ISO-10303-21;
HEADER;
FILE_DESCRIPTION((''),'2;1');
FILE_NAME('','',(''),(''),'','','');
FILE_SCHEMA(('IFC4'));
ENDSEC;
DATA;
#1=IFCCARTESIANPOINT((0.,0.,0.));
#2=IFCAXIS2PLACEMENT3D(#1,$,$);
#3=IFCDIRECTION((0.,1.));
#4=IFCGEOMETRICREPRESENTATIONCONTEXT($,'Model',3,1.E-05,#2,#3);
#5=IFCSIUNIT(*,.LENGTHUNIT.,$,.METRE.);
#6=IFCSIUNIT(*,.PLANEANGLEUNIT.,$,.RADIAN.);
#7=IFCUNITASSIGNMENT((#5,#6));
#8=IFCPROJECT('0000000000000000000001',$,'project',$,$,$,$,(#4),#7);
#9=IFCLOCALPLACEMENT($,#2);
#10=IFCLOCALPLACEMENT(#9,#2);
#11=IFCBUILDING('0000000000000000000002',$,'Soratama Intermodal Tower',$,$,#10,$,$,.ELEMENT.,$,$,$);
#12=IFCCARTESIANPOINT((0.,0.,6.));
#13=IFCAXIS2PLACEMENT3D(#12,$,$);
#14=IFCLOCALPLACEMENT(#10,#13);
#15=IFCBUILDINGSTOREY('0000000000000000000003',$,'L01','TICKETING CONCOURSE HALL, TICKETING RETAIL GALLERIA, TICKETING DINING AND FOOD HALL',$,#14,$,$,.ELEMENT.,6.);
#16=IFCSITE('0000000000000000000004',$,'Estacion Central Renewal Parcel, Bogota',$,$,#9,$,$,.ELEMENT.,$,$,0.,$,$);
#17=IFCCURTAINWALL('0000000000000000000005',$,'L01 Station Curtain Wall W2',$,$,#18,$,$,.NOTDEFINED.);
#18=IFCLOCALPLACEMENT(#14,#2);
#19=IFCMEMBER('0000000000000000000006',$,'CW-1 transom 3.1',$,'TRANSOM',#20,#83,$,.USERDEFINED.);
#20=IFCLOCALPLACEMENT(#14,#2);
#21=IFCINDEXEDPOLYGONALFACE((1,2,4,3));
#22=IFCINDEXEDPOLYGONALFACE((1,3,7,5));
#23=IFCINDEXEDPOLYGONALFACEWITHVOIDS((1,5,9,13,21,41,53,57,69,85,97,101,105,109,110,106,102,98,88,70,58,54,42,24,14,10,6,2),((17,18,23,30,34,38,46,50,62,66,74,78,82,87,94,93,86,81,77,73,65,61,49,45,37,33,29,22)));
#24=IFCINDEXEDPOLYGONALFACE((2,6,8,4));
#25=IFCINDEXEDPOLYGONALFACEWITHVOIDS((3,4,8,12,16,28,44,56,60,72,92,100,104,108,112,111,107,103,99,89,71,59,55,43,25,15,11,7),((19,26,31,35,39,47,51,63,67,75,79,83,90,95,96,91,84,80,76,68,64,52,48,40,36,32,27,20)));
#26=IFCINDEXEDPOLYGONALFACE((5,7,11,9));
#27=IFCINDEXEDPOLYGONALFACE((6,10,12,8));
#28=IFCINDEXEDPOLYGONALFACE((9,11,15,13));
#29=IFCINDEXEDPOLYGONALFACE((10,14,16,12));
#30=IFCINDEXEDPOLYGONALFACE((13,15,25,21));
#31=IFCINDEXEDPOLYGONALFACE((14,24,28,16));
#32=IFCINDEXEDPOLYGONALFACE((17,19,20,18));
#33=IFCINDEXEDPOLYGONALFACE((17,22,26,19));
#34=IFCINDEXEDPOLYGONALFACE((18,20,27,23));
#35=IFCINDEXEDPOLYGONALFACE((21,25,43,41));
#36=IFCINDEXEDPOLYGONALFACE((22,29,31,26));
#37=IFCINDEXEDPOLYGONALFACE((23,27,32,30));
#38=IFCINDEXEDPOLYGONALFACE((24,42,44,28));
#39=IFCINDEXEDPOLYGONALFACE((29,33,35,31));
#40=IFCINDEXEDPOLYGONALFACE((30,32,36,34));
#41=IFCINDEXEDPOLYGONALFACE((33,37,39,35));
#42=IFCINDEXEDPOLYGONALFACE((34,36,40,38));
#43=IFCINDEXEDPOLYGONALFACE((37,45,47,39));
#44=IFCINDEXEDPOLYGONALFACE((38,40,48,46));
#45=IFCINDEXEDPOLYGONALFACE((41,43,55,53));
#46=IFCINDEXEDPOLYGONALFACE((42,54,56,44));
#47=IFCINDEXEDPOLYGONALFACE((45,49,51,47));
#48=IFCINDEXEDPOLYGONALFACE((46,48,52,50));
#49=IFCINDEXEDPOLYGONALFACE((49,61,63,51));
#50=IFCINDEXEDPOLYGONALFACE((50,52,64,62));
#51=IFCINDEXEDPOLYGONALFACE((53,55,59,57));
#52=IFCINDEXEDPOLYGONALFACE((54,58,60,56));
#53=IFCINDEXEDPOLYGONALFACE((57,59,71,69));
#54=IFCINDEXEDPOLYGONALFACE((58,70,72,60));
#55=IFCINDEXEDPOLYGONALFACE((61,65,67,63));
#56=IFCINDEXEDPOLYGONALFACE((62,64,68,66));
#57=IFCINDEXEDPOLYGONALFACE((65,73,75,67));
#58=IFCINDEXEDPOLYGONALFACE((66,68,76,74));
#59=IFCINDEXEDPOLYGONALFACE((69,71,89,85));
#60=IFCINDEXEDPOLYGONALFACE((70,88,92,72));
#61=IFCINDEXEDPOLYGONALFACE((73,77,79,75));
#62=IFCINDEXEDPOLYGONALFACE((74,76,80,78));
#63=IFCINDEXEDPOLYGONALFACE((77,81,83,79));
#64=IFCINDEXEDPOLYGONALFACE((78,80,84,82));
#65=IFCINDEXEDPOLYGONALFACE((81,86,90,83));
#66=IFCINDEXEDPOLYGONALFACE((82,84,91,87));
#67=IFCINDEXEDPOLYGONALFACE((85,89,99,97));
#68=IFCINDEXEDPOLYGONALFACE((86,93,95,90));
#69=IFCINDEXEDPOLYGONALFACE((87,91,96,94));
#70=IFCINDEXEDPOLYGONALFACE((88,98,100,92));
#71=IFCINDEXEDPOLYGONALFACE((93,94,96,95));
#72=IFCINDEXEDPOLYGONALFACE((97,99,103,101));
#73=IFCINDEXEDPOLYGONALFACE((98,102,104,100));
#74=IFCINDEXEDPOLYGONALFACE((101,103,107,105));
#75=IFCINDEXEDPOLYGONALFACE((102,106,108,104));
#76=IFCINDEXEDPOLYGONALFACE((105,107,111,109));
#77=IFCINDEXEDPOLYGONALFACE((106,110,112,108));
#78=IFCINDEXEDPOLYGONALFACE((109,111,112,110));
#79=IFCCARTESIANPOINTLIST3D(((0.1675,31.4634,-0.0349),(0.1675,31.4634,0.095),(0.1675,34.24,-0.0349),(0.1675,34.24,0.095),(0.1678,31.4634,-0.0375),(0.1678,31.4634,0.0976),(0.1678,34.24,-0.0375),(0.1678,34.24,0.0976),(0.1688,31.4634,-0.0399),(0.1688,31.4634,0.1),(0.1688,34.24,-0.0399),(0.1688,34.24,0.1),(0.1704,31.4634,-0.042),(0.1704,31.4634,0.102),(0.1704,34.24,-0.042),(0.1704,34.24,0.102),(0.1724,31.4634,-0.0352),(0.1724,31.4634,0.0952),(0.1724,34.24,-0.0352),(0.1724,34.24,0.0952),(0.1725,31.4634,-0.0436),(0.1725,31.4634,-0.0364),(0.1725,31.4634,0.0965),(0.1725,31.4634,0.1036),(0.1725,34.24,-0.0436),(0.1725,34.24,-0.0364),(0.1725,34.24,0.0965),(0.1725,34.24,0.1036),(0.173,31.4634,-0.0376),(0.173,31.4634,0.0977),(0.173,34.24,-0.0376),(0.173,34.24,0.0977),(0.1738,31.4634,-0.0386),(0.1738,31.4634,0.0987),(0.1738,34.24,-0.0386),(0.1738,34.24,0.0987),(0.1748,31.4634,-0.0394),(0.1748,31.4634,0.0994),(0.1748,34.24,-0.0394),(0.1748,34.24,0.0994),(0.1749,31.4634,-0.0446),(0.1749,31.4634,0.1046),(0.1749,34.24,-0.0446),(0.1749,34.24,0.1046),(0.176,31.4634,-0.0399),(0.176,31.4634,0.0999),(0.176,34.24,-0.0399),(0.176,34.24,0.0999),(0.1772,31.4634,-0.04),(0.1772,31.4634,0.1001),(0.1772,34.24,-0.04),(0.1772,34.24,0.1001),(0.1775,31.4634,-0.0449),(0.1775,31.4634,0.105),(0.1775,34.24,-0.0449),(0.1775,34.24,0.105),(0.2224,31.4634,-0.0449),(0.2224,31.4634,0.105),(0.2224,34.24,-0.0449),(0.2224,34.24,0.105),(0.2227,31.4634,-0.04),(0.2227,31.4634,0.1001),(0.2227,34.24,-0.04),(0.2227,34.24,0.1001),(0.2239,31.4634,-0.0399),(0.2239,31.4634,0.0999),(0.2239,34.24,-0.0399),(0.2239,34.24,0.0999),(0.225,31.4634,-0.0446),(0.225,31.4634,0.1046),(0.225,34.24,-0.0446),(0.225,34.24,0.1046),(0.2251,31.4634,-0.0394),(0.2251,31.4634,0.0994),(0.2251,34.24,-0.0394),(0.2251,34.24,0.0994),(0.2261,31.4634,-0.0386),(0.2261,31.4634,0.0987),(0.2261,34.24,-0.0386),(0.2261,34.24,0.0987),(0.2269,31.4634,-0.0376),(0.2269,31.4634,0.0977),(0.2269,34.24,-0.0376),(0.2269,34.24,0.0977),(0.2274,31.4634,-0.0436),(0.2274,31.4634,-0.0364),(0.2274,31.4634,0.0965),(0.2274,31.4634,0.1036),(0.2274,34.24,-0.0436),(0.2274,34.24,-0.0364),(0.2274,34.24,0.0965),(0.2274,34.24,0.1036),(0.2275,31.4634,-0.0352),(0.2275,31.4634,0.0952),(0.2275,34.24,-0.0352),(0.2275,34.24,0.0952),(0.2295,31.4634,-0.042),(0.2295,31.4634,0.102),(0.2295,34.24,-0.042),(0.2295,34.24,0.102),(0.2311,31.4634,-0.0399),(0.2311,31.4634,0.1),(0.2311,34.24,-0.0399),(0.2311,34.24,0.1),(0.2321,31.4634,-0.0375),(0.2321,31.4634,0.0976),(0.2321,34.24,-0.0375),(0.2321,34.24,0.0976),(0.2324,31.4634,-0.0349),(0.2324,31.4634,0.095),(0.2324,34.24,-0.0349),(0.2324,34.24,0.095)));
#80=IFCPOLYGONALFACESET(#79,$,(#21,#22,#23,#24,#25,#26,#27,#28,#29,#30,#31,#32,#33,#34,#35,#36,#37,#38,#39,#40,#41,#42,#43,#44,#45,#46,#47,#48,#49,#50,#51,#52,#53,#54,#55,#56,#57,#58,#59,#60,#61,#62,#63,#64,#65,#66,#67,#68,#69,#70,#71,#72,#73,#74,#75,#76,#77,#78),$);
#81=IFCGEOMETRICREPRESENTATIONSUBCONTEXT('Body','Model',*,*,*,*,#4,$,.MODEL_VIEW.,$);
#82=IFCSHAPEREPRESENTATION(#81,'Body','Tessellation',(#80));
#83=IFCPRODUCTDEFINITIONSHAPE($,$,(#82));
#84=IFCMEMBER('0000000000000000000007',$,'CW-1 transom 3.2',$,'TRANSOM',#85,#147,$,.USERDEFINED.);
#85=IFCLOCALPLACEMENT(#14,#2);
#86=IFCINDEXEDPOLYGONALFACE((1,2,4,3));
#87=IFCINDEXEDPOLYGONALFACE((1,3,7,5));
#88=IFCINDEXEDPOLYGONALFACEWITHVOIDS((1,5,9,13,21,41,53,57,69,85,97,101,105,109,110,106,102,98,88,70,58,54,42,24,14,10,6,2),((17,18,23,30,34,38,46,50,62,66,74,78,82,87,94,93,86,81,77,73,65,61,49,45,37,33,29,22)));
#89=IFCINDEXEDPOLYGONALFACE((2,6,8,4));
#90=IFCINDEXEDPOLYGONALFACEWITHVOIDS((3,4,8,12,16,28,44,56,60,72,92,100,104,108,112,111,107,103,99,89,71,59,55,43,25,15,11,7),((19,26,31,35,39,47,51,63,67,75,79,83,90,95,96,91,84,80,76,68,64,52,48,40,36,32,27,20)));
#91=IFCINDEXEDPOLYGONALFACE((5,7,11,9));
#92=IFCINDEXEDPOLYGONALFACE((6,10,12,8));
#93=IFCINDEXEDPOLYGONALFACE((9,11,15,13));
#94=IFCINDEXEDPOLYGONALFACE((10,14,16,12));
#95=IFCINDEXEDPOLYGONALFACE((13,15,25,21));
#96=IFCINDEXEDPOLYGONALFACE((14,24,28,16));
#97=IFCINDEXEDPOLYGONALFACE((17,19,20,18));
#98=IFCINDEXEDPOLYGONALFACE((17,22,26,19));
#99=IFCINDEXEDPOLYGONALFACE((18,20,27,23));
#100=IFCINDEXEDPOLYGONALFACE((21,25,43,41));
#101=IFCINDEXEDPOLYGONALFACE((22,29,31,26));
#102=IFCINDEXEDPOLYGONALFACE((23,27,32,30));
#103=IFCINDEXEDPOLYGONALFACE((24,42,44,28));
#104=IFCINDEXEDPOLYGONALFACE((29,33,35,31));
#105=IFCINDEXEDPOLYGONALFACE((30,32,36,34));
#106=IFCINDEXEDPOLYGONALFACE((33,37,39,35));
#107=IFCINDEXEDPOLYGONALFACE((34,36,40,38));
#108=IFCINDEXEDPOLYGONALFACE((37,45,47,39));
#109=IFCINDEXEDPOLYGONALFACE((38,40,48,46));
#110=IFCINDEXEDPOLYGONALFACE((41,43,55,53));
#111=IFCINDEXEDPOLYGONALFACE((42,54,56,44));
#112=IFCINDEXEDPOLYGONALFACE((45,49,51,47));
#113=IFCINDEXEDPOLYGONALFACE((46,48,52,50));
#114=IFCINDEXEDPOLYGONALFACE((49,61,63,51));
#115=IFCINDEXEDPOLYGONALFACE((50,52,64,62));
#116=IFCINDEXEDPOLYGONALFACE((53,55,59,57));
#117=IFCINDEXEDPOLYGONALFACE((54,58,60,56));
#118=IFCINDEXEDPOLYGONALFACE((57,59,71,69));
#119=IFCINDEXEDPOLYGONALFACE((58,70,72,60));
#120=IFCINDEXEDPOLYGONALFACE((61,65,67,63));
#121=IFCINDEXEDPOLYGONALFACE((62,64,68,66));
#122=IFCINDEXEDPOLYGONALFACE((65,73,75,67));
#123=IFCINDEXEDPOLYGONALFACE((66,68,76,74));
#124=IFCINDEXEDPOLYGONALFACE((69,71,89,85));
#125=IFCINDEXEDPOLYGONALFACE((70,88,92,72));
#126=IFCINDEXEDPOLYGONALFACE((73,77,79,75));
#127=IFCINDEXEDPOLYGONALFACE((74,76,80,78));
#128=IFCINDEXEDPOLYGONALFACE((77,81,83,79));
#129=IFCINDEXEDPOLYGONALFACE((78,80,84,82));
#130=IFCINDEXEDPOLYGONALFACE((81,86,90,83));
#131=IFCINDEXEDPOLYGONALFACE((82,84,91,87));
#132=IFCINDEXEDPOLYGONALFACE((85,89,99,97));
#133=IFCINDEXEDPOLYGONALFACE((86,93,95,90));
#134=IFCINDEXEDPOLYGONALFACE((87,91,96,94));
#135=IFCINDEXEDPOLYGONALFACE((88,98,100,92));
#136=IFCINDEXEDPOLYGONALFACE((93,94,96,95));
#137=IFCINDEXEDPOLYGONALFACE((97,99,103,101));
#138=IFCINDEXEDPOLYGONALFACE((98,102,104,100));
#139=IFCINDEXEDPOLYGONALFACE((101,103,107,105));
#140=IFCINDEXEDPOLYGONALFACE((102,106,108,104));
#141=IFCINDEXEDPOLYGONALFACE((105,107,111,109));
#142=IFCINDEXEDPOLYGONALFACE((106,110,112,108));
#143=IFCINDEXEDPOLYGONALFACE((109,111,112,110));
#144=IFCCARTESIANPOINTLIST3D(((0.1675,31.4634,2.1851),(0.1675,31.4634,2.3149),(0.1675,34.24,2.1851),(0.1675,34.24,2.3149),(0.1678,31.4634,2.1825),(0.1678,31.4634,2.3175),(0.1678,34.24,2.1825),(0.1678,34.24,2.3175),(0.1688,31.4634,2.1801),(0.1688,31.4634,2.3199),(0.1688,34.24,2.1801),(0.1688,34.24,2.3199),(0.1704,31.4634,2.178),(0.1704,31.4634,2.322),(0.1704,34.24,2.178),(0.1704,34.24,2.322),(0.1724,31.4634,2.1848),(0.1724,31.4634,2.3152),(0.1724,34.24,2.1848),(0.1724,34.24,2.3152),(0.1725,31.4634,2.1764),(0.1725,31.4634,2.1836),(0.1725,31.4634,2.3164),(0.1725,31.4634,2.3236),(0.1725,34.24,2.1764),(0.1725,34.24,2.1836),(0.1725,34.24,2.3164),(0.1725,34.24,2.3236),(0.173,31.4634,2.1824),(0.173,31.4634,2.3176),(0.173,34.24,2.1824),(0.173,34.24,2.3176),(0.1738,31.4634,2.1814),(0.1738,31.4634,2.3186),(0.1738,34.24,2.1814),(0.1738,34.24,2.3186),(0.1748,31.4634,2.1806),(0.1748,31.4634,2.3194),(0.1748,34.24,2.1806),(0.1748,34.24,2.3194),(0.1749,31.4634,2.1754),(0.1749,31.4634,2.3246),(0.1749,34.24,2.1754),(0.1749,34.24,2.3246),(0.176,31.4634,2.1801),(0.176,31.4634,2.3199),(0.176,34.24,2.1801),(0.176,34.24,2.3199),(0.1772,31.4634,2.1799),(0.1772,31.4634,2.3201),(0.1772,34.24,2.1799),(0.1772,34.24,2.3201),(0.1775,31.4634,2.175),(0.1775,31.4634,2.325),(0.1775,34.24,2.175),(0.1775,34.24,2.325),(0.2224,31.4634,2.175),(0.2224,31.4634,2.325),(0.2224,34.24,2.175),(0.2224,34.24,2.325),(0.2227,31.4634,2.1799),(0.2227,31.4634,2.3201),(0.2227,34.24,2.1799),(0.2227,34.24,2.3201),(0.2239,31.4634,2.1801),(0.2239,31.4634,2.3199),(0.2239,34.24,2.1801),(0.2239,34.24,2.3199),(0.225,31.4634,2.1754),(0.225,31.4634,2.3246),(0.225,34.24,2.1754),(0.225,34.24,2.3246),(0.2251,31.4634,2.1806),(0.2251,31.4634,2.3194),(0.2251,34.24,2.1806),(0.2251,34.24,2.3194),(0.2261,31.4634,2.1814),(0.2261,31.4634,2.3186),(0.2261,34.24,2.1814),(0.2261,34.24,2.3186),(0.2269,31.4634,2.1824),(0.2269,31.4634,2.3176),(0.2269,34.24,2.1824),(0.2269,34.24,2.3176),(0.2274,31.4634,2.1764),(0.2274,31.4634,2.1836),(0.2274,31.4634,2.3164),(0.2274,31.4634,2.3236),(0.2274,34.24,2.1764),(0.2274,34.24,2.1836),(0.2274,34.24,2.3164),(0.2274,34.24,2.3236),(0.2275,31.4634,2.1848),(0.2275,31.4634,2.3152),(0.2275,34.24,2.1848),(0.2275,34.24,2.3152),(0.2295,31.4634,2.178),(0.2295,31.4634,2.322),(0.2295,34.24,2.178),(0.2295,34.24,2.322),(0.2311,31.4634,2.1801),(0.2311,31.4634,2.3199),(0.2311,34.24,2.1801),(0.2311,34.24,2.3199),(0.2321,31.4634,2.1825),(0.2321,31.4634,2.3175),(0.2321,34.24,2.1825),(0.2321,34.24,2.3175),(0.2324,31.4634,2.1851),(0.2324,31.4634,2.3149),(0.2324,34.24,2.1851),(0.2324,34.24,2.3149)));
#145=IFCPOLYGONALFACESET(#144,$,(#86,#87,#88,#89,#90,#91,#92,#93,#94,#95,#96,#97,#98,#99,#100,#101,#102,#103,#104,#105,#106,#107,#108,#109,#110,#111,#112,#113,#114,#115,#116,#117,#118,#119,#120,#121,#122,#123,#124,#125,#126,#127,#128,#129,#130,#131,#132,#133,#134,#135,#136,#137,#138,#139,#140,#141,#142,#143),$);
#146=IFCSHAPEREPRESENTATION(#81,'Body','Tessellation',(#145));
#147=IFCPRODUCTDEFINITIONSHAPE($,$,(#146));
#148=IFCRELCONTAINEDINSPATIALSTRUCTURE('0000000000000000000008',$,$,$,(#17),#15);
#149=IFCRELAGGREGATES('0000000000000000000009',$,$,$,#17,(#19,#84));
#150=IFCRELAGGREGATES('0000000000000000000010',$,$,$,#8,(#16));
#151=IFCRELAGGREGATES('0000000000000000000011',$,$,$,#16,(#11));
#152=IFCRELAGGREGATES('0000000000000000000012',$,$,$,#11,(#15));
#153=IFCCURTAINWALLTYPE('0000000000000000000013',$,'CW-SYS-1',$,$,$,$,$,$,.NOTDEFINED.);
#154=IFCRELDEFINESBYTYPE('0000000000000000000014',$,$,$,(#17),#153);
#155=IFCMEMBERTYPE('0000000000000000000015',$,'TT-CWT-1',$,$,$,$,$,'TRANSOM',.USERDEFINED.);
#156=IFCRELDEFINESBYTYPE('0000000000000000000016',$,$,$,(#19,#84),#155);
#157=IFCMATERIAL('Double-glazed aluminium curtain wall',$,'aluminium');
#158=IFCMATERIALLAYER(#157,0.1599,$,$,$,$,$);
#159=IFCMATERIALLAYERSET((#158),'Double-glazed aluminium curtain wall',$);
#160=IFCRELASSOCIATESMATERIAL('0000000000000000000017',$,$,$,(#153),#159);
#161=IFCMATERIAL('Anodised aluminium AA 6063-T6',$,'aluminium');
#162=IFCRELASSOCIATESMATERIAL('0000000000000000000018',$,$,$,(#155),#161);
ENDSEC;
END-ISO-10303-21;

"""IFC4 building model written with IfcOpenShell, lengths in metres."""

from ifc_helpers import new_model, si_unit, direction, frame, origin, origin_2d, place, context, subcontext, project, spatial, hollow_rectangle, extrude, material, layer, layer_set, material_profile, profile_set, type_object, element, aggregate, save


model = new_model("IFC4")

# Units and contexts
model_context = context("Model", 3, precision=1e-05, world=origin(), true_north=direction((0.0, 1.0)))
body_context = subcontext(model_context, "Body", "Model", "MODEL_VIEW")
ifc_project = project(units=[si_unit("LENGTHUNIT", "METRE"), si_unit("PLANEANGLEUNIT", "RADIAN")], contexts=[model_context])

# Site, building, storey
site_placement = place(None, origin())
site = spatial("IfcSite", under=ifc_project, at=site_placement, Name="Estacion Central Renewal Parcel, Bogota", CompositionType="ELEMENT", RefElevation=0.0)
building_placement = place(site_placement, origin())
building = spatial("IfcBuilding", under=site, at=building_placement, Name="Soratama Intermodal Tower", CompositionType="ELEMENT")
storey_placement = place(building_placement, frame((0.0, 0.0, 6.0)))
storey = spatial("IfcBuildingStorey", under=building, at=storey_placement, Name="L01", Description="TICKETING CONCOURSE HALL, TICKETING RETAIL GALLERIA, TICKETING DINING AND FOOD HALL", CompositionType="ELEMENT", Elevation=6.0)

# Curtain wall, members
ifc_material_1 = material(Name="Double-glazed aluminium curtain wall", Category="aluminium")
ifc_layer_1 = layer(ifc_material_1, 0.1599)
ifc_layer_set_1 = layer_set([ifc_layer_1], Name="Double-glazed aluminium curtain wall")
curtain_wall_type = type_object("IfcCurtainWallType", Name="CW-SYS-1", PredefinedType="NOTDEFINED", material=ifc_layer_set_1)
curtain_wall_placement = place(storey_placement, origin())
curtain_wall = element("IfcCurtainWall", 1, at=curtain_wall_placement, inside=storey, type_object=curtain_wall_type, Name="L01 Station Curtain Wall W2", PredefinedType="NOTDEFINED")
ifc_material_2 = material(Name="Anodised aluminium AA 6063-T6", Category="aluminium")
ifc_material_profile_1 = material_profile(ifc_material_2, hollow_rectangle(XDim=0.0649, YDim=0.1499, WallThickness=0.0049, InnerFilletRadius=0.0049, OuterFilletRadius=0.01, at=origin_2d()), Name="CWT150X65X5")
ifc_profile_set_1 = profile_set([ifc_material_profile_1], Name="Anodised aluminium AA 6063-T6")
member_type_1 = type_object("IfcMemberType", Name="TT-CWT-1", ElementType="TRANSOM", PredefinedType="USERDEFINED", material=ifc_profile_set_1)
member_1_placement = place(storey_placement, frame((0.2, 31.4634, 0.03), z_axis=(0.0, 1.0, 0.0), x_axis=(-1.0, 0.0, 0.0)))
member_1 = element("IfcMember", 2, at=member_1_placement, type_object=member_type_1, Name="CW-1 transom 3.1", ObjectType="TRANSOM", PredefinedType="USERDEFINED", context=body_context, shape_type="SweptSolid", body=[
    extrude(hollow_rectangle(XDim=0.0649, YDim=0.1499, WallThickness=0.0049, InnerFilletRadius=0.0049, OuterFilletRadius=0.01, at=origin_2d()), origin(), (0.0, 0.0, 1.0), 2.7766),
])
member_2_placement = place(storey_placement, frame((0.2, 31.4634, 2.25), z_axis=(0.0, 1.0, 0.0), x_axis=(-1.0, 0.0, 0.0)))
member_2 = element("IfcMember", 3, at=member_2_placement, type_object=member_type_1, Name="CW-1 transom 3.2", ObjectType="TRANSOM", PredefinedType="USERDEFINED", context=body_context, shape_type="SweptSolid", body=[
    extrude(hollow_rectangle(XDim=0.0649, YDim=0.1499, WallThickness=0.0049, InnerFilletRadius=0.0049, OuterFilletRadius=0.01, at=origin_2d()), origin(), (0.0, 0.0, 1.0), 2.7766),
])
aggregate(curtain_wall, [member_1, member_2])

save(model, "model.ifc")
